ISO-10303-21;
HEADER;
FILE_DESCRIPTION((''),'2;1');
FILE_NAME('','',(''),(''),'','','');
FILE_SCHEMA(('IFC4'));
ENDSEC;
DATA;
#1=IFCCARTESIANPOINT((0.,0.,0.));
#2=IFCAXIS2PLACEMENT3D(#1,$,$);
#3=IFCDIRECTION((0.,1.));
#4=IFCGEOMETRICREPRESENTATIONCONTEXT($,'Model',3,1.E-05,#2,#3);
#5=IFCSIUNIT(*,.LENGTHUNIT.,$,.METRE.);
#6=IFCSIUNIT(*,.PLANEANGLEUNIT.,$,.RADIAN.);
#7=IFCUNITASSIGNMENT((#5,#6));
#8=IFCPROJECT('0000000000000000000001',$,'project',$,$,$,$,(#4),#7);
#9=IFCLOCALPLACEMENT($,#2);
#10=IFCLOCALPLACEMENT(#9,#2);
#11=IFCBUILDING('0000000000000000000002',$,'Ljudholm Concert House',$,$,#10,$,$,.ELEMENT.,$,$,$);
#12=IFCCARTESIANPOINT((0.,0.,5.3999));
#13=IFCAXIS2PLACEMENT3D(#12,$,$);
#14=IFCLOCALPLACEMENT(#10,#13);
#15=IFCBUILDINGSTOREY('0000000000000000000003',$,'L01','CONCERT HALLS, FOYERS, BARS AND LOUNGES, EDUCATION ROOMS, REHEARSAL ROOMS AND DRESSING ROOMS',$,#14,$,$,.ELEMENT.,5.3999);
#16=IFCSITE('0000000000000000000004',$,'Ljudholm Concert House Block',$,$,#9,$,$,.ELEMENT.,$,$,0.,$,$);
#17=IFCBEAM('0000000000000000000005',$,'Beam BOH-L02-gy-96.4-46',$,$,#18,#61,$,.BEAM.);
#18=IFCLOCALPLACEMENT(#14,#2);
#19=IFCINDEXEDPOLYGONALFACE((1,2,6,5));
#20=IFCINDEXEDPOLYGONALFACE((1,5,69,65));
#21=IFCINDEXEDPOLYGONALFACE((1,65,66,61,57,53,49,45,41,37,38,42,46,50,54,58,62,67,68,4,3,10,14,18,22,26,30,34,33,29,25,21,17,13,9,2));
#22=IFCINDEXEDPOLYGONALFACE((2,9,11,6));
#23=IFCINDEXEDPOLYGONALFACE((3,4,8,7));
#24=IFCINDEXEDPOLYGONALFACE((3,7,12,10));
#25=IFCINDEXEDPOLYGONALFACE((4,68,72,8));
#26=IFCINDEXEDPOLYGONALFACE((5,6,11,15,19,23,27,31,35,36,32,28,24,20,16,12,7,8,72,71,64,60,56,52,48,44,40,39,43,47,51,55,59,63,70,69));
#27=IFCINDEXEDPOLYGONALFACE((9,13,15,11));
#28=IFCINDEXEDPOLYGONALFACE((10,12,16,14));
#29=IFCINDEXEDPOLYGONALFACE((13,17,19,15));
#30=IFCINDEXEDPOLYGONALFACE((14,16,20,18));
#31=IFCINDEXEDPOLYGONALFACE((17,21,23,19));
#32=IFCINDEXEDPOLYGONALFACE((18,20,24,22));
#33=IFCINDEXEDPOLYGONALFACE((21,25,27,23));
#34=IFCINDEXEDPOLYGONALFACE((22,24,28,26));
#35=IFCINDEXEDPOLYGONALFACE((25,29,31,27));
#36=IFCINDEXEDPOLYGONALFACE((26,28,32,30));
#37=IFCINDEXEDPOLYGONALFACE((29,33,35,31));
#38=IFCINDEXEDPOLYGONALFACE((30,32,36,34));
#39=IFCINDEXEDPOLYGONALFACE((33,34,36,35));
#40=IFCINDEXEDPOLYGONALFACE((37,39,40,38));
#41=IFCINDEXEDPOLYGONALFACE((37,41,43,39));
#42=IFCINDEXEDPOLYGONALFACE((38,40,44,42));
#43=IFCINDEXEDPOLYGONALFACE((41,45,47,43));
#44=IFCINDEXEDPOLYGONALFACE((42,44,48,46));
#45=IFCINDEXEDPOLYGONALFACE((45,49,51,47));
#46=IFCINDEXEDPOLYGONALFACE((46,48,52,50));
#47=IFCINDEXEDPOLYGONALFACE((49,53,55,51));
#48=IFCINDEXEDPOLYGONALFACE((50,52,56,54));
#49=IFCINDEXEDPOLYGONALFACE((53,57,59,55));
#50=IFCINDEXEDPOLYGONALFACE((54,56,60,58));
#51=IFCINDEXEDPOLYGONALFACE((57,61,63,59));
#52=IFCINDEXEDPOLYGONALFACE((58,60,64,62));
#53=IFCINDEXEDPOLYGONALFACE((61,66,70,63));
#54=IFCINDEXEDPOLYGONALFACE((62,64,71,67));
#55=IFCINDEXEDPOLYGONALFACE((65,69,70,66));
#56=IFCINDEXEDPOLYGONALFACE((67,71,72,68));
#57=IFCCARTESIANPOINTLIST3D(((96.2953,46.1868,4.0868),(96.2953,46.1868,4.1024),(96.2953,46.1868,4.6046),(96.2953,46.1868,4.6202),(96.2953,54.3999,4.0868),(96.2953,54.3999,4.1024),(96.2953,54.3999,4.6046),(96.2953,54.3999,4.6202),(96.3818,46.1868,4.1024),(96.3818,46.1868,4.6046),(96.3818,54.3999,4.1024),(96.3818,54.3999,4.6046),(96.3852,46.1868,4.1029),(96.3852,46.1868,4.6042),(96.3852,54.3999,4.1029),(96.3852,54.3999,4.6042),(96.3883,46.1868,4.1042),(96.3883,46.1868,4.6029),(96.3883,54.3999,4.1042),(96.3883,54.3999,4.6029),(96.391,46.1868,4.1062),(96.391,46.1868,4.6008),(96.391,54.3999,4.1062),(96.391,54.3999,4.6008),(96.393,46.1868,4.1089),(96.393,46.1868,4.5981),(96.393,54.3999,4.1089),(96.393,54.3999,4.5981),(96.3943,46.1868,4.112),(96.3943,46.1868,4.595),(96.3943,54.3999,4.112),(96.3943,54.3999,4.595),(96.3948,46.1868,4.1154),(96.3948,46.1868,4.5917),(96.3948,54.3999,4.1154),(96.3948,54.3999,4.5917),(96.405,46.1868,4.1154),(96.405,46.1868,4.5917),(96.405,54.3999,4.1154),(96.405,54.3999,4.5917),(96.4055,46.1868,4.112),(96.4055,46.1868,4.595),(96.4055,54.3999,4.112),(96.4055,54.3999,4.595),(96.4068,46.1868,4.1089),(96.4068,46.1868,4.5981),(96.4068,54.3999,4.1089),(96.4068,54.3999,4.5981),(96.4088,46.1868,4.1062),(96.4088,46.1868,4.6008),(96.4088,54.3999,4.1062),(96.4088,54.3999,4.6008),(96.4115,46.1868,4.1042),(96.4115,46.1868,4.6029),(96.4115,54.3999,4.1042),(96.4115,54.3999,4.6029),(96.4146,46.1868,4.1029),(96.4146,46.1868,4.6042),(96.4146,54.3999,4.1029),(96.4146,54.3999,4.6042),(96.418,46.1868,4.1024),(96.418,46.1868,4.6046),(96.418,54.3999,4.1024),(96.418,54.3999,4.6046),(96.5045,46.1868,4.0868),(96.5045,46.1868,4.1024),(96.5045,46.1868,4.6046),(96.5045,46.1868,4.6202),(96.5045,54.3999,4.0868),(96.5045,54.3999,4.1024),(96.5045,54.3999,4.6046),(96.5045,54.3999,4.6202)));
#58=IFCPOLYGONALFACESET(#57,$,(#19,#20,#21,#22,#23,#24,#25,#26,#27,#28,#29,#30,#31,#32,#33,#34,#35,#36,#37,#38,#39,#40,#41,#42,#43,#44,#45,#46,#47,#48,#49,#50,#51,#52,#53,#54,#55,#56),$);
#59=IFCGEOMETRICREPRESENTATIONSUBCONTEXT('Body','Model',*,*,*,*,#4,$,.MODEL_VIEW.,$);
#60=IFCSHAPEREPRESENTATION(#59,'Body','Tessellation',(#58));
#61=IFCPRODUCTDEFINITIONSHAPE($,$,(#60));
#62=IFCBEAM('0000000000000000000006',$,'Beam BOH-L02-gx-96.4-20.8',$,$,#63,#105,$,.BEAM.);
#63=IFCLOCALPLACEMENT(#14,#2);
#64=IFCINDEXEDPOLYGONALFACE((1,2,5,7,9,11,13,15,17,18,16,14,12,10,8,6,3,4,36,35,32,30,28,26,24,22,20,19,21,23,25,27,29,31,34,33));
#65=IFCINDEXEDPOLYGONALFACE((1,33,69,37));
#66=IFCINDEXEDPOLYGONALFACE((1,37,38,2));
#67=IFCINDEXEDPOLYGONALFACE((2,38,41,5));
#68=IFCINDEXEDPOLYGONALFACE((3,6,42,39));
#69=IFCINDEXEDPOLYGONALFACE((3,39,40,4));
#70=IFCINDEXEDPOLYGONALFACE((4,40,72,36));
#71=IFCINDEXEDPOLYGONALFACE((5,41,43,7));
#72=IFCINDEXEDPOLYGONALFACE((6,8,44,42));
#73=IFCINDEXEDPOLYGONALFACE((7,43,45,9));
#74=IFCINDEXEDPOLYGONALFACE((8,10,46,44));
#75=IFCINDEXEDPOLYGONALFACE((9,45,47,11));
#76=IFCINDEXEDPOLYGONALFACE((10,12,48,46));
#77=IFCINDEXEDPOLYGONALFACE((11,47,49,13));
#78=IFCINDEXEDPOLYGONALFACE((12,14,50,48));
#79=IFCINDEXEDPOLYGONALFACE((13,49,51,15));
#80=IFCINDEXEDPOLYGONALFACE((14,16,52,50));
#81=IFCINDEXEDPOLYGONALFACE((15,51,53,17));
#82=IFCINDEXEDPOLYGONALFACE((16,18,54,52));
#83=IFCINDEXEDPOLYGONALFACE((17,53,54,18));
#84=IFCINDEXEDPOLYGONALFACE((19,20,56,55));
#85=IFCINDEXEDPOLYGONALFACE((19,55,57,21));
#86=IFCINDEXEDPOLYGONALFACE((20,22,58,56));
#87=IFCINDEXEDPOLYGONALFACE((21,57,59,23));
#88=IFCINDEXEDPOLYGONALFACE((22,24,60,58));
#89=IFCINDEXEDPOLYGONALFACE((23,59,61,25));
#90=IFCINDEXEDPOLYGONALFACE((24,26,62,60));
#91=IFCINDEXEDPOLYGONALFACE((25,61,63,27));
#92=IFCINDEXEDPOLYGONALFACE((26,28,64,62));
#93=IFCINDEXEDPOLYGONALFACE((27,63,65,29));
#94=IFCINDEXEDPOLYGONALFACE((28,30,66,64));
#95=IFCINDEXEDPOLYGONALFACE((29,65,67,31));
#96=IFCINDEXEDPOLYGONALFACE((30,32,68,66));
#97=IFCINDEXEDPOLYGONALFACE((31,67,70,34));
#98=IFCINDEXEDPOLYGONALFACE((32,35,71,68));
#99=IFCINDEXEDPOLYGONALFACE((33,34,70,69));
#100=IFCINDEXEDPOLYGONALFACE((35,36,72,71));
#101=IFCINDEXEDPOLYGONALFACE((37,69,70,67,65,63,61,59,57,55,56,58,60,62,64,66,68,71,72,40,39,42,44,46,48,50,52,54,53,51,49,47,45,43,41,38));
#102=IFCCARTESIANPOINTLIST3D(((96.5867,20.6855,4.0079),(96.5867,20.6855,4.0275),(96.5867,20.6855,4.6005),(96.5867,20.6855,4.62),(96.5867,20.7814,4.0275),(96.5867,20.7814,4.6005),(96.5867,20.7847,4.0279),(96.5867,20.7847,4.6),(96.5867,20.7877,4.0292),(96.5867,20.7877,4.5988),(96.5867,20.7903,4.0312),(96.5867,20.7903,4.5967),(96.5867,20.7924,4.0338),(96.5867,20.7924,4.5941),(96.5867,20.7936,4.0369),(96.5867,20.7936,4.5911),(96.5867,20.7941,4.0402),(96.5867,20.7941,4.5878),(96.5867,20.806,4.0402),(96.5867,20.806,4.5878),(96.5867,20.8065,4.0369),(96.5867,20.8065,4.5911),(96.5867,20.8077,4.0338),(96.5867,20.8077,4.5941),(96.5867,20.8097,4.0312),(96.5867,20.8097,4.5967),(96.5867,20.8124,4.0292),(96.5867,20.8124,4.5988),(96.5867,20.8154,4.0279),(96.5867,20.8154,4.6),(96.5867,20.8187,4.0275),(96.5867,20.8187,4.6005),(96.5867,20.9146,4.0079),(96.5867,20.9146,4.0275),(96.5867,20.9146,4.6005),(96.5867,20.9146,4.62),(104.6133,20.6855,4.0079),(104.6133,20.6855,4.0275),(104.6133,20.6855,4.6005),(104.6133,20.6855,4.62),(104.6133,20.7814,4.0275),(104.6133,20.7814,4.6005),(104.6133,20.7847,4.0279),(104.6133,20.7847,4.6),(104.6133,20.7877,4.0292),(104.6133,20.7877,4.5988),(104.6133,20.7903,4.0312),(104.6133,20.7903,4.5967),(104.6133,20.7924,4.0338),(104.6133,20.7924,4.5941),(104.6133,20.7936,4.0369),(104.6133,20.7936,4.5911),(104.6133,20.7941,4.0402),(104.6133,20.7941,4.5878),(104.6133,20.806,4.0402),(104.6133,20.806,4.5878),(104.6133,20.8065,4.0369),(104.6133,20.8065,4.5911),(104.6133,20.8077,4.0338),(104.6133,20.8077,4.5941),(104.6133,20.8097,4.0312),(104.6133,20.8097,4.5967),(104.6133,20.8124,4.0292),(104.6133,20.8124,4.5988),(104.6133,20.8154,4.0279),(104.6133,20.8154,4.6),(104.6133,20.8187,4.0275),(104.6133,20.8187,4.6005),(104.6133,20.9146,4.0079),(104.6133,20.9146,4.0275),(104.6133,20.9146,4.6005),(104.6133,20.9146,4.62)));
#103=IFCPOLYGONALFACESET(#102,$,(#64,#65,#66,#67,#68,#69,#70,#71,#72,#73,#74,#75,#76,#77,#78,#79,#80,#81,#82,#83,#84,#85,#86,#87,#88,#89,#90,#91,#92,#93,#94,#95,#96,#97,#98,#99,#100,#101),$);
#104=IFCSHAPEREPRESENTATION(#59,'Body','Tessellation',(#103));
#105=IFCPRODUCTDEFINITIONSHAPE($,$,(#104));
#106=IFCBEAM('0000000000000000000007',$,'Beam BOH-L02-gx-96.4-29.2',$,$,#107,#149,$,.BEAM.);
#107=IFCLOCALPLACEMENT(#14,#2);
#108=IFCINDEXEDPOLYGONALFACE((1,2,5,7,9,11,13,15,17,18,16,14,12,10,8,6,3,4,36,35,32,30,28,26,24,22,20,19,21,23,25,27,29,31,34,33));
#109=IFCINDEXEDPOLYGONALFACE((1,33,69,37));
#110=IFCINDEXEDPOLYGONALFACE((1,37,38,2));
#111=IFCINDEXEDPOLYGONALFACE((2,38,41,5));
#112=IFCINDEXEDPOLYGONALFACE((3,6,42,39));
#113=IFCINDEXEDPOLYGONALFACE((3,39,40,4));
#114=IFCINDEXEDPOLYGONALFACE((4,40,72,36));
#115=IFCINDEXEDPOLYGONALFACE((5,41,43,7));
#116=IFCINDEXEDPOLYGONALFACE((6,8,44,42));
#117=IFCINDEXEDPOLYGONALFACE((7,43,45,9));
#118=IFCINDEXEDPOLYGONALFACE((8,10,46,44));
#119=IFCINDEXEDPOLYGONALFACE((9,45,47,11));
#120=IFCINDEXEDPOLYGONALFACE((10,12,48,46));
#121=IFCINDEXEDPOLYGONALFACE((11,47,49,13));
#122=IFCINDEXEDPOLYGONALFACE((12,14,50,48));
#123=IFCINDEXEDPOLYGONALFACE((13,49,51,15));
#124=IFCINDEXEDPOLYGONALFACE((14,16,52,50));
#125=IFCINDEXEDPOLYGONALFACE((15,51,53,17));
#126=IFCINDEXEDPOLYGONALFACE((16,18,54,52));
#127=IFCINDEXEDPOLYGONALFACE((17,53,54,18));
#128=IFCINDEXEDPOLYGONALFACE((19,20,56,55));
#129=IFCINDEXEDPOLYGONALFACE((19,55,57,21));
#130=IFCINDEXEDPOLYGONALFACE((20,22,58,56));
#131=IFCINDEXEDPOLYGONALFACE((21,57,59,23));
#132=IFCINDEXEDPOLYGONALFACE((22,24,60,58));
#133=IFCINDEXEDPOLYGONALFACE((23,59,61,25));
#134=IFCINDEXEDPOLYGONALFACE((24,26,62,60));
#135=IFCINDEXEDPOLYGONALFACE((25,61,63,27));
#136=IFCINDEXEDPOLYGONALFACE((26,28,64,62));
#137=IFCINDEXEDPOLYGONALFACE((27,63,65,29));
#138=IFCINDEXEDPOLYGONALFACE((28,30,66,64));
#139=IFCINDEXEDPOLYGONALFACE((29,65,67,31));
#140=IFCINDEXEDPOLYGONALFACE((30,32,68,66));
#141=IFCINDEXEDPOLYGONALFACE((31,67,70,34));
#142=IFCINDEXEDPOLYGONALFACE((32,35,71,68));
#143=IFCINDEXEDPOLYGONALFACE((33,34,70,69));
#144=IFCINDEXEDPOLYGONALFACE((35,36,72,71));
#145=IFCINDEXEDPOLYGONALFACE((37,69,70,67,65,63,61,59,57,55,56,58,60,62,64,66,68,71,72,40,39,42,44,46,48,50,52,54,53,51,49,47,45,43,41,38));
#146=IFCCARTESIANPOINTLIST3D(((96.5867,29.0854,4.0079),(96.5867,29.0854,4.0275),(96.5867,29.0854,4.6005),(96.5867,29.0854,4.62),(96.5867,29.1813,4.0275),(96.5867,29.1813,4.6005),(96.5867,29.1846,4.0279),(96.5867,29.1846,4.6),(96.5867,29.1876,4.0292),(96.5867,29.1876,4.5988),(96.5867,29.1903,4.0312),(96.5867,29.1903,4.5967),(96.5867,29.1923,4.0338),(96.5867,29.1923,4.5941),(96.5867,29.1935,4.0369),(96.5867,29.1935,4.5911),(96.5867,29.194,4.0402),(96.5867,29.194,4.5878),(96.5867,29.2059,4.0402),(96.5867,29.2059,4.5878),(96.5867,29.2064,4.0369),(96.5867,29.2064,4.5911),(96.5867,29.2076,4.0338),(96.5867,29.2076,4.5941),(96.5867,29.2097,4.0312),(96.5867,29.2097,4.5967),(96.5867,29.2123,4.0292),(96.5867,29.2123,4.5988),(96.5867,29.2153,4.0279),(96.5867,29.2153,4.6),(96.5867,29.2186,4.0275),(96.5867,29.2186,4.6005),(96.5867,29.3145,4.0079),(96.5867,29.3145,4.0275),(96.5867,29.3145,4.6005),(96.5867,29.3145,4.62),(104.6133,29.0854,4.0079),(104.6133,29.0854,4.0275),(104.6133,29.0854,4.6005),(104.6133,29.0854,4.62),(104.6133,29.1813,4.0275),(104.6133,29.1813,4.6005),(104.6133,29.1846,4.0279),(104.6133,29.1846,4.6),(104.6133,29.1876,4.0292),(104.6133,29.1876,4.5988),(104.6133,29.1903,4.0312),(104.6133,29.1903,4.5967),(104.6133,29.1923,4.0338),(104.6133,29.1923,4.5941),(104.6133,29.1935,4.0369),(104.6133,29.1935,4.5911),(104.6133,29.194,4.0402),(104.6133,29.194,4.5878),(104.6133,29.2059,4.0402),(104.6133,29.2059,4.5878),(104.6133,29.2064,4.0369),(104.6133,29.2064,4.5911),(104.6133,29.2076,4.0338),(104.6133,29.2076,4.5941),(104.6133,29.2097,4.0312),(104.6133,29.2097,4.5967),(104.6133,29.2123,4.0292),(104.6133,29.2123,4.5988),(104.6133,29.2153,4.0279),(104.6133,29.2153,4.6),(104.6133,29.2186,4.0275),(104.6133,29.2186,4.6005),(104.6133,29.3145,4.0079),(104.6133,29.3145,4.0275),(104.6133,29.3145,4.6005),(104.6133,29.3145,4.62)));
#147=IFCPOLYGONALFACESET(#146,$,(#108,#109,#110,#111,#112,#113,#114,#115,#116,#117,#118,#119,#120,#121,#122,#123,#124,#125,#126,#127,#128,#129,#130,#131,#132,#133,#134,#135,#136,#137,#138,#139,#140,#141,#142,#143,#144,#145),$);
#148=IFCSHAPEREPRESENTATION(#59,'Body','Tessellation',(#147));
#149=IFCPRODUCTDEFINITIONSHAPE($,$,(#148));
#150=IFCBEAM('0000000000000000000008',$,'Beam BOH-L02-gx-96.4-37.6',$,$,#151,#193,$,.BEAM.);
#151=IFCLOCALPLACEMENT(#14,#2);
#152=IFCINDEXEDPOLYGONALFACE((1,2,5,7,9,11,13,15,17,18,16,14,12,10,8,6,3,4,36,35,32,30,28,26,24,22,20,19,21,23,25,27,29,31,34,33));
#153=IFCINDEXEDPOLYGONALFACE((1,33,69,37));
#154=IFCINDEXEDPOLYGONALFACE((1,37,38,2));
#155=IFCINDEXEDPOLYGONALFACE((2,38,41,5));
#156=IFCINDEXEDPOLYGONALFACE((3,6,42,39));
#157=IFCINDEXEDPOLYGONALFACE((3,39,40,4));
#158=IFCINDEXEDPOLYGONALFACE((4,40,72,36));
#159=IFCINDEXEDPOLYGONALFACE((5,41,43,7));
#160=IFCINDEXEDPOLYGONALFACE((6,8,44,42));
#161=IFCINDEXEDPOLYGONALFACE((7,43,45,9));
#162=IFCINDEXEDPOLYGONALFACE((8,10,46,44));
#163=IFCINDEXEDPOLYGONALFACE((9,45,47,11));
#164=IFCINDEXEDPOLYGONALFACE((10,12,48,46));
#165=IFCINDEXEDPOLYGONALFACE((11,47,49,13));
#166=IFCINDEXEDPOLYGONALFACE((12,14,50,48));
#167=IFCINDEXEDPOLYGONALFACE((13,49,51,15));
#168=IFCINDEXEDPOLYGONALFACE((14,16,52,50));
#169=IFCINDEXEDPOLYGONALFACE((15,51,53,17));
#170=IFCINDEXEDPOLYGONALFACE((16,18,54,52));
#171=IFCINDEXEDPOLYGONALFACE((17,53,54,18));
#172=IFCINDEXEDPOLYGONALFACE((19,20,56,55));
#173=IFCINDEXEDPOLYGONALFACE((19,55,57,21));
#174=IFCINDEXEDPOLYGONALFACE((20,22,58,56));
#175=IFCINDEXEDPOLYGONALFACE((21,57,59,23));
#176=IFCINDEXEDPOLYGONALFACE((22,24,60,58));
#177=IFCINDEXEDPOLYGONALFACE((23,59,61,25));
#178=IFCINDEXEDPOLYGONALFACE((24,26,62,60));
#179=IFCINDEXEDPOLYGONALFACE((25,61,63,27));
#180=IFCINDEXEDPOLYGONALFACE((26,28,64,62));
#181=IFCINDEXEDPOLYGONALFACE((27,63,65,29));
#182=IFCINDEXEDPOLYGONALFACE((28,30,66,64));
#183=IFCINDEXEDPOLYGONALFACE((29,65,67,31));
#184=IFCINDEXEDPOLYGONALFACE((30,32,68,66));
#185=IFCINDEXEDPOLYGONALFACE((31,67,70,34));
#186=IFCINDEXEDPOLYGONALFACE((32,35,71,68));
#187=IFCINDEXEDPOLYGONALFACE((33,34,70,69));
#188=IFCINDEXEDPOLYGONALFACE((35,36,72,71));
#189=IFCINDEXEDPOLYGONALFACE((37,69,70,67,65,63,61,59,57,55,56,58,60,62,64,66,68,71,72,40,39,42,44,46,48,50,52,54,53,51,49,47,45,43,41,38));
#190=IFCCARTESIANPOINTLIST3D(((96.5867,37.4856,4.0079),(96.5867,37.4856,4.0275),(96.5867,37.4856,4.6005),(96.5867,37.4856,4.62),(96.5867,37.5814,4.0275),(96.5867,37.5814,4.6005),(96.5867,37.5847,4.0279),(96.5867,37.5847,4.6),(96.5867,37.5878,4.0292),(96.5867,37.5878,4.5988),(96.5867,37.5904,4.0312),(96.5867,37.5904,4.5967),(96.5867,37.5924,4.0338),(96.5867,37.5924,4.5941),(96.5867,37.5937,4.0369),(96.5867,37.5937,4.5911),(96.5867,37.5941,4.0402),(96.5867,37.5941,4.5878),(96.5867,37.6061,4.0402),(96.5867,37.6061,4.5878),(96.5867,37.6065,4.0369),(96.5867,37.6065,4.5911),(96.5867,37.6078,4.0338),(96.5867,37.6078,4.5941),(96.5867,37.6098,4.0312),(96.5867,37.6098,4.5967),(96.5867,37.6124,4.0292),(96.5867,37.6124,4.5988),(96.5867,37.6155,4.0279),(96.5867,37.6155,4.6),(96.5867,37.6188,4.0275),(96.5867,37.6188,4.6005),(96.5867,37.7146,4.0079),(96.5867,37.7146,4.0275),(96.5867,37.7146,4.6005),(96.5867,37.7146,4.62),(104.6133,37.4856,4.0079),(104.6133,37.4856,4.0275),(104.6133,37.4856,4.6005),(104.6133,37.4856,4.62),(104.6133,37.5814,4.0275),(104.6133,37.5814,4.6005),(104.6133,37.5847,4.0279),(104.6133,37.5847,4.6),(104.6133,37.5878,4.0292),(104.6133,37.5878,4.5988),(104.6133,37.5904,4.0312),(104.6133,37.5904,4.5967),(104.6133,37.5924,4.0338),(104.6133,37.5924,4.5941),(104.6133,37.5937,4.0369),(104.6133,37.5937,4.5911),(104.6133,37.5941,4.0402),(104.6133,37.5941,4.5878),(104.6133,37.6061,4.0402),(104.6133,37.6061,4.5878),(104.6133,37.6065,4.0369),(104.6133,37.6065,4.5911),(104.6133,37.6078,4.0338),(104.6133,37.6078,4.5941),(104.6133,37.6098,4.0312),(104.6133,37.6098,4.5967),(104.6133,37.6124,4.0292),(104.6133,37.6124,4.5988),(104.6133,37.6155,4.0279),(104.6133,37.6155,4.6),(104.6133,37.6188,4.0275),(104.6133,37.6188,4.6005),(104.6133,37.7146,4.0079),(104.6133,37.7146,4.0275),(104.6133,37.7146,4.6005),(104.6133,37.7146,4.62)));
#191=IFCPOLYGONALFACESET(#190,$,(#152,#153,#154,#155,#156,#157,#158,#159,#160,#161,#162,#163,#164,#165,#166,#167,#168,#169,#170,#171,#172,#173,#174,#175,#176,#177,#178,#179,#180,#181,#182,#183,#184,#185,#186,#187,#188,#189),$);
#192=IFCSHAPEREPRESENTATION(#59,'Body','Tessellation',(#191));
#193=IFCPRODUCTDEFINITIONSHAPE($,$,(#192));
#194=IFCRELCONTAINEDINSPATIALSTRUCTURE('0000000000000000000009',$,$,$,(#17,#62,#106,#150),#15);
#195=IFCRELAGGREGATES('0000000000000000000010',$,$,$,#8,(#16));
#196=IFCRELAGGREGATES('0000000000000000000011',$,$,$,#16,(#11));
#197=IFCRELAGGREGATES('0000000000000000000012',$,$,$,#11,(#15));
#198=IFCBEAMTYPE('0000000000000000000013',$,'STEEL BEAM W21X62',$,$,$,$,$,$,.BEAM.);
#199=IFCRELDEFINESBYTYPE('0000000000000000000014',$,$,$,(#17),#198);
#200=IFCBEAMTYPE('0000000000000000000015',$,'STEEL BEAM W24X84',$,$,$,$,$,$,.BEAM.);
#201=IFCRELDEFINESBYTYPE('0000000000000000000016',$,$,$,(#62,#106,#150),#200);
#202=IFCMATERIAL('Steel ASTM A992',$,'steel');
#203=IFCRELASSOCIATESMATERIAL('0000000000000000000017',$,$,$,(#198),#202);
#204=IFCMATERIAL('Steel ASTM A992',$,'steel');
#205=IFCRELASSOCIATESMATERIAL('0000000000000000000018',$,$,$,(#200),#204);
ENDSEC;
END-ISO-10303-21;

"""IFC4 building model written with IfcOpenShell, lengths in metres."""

from ifc_helpers import new_model, si_unit, direction, frame, origin, origin_2d, place, context, subcontext, project, spatial, i_section, extrude, material, material_profile, profile_set, type_object, element, save


model = new_model("IFC4")

# Units and contexts
model_context = context("Model", 3, precision=1e-05, world=origin(), true_north=direction((0.0, 1.0)))
body_context = subcontext(model_context, "Body", "Model", "MODEL_VIEW")
ifc_project = project(units=[si_unit("LENGTHUNIT", "METRE"), si_unit("PLANEANGLEUNIT", "RADIAN")], contexts=[model_context])

# Site, building, storey
site_placement = place(None, origin())
site = spatial("IfcSite", under=ifc_project, at=site_placement, Name="Ljudholm Concert House Block", CompositionType="ELEMENT", RefElevation=0.0)
building_placement = place(site_placement, origin())
building = spatial("IfcBuilding", under=site, at=building_placement, Name="Ljudholm Concert House", CompositionType="ELEMENT")
storey_placement = place(building_placement, frame((0.0, 0.0, 5.3999)))
storey = spatial("IfcBuildingStorey", under=building, at=storey_placement, Name="L01", Description="CONCERT HALLS, FOYERS, BARS AND LOUNGES, EDUCATION ROOMS, REHEARSAL ROOMS AND DRESSING ROOMS", CompositionType="ELEMENT", Elevation=5.3999)

# Beams
ifc_material_1 = material(Name="Steel ASTM A992", Category="steel")
ifc_material_profile_1 = material_profile(ifc_material_1, i_section(OverallWidth=0.2092, OverallDepth=0.5334, WebThickness=0.0103, FlangeThickness=0.0156, FilletRadius=0.0129, at=origin_2d()), Name="W21X62")
ifc_profile_set_1 = profile_set([ifc_material_profile_1], Name="Steel ASTM A992")
beam_type_1 = type_object("IfcBeamType", Name="STEEL BEAM W21X62", PredefinedType="BEAM", material=ifc_profile_set_1)
beam_1_placement = place(storey_placement, frame((96.3999, 46.1868, 4.3535), z_axis=(0.0, 1.0, 0.0), x_axis=(-1.0, 0.0, 0.0)))
element("IfcBeam", 1, at=beam_1_placement, inside=storey, type_object=beam_type_1, Name="Beam BOH-L02-gy-96.4-46", PredefinedType="BEAM", context=body_context, shape_type="SweptSolid", body=[
    extrude(i_section(OverallWidth=0.2092, OverallDepth=0.5334, WebThickness=0.0103, FlangeThickness=0.0156, FilletRadius=0.0129, at=origin_2d()), origin(), (0.0, 0.0, 1.0), 8.2131),
])
ifc_material_2 = material(Name="Steel ASTM A992", Category="steel")
ifc_material_profile_2 = material_profile(ifc_material_2, i_section(OverallWidth=0.229, OverallDepth=0.6121, WebThickness=0.012, FlangeThickness=0.0195, FilletRadius=0.0127, at=origin_2d()), Name="W24X84")
ifc_profile_set_2 = profile_set([ifc_material_profile_2], Name="Steel ASTM A992")
beam_type_2 = type_object("IfcBeamType", Name="STEEL BEAM W24X84", PredefinedType="BEAM", material=ifc_profile_set_2)
for number, where, z_axis, x_axis, name in (
    (2, (96.5867, 20.8, 4.314), (1.0, 0.0, 0.0), (0.0, 1.0, 0.0), "Beam BOH-L02-gx-96.4-20.8"),
    (3, (96.5867, 29.2, 4.314), (1.0, 0.0, 0.0), (0.0, 1.0, 0.0), "Beam BOH-L02-gx-96.4-29.2"),
    (4, (96.5867, 37.6001, 4.314), (1.0, 0.0, 0.0), (0.0, 1.0, 0.0), "Beam BOH-L02-gx-96.4-37.6"),
):
    element("IfcBeam", number, at=place(storey_placement, frame(where, z_axis=z_axis, x_axis=x_axis)), inside=storey, type_object=beam_type_2, Name=name, PredefinedType="BEAM", context=body_context, shape_type="SweptSolid", body=[
        extrude(i_section(OverallWidth=0.229, OverallDepth=0.6121, WebThickness=0.012, FlangeThickness=0.0195, FilletRadius=0.0127, at=origin_2d()), origin(), (0.0, 0.0, 1.0), 8.0266),
    ])

save(model, "model.ifc")
